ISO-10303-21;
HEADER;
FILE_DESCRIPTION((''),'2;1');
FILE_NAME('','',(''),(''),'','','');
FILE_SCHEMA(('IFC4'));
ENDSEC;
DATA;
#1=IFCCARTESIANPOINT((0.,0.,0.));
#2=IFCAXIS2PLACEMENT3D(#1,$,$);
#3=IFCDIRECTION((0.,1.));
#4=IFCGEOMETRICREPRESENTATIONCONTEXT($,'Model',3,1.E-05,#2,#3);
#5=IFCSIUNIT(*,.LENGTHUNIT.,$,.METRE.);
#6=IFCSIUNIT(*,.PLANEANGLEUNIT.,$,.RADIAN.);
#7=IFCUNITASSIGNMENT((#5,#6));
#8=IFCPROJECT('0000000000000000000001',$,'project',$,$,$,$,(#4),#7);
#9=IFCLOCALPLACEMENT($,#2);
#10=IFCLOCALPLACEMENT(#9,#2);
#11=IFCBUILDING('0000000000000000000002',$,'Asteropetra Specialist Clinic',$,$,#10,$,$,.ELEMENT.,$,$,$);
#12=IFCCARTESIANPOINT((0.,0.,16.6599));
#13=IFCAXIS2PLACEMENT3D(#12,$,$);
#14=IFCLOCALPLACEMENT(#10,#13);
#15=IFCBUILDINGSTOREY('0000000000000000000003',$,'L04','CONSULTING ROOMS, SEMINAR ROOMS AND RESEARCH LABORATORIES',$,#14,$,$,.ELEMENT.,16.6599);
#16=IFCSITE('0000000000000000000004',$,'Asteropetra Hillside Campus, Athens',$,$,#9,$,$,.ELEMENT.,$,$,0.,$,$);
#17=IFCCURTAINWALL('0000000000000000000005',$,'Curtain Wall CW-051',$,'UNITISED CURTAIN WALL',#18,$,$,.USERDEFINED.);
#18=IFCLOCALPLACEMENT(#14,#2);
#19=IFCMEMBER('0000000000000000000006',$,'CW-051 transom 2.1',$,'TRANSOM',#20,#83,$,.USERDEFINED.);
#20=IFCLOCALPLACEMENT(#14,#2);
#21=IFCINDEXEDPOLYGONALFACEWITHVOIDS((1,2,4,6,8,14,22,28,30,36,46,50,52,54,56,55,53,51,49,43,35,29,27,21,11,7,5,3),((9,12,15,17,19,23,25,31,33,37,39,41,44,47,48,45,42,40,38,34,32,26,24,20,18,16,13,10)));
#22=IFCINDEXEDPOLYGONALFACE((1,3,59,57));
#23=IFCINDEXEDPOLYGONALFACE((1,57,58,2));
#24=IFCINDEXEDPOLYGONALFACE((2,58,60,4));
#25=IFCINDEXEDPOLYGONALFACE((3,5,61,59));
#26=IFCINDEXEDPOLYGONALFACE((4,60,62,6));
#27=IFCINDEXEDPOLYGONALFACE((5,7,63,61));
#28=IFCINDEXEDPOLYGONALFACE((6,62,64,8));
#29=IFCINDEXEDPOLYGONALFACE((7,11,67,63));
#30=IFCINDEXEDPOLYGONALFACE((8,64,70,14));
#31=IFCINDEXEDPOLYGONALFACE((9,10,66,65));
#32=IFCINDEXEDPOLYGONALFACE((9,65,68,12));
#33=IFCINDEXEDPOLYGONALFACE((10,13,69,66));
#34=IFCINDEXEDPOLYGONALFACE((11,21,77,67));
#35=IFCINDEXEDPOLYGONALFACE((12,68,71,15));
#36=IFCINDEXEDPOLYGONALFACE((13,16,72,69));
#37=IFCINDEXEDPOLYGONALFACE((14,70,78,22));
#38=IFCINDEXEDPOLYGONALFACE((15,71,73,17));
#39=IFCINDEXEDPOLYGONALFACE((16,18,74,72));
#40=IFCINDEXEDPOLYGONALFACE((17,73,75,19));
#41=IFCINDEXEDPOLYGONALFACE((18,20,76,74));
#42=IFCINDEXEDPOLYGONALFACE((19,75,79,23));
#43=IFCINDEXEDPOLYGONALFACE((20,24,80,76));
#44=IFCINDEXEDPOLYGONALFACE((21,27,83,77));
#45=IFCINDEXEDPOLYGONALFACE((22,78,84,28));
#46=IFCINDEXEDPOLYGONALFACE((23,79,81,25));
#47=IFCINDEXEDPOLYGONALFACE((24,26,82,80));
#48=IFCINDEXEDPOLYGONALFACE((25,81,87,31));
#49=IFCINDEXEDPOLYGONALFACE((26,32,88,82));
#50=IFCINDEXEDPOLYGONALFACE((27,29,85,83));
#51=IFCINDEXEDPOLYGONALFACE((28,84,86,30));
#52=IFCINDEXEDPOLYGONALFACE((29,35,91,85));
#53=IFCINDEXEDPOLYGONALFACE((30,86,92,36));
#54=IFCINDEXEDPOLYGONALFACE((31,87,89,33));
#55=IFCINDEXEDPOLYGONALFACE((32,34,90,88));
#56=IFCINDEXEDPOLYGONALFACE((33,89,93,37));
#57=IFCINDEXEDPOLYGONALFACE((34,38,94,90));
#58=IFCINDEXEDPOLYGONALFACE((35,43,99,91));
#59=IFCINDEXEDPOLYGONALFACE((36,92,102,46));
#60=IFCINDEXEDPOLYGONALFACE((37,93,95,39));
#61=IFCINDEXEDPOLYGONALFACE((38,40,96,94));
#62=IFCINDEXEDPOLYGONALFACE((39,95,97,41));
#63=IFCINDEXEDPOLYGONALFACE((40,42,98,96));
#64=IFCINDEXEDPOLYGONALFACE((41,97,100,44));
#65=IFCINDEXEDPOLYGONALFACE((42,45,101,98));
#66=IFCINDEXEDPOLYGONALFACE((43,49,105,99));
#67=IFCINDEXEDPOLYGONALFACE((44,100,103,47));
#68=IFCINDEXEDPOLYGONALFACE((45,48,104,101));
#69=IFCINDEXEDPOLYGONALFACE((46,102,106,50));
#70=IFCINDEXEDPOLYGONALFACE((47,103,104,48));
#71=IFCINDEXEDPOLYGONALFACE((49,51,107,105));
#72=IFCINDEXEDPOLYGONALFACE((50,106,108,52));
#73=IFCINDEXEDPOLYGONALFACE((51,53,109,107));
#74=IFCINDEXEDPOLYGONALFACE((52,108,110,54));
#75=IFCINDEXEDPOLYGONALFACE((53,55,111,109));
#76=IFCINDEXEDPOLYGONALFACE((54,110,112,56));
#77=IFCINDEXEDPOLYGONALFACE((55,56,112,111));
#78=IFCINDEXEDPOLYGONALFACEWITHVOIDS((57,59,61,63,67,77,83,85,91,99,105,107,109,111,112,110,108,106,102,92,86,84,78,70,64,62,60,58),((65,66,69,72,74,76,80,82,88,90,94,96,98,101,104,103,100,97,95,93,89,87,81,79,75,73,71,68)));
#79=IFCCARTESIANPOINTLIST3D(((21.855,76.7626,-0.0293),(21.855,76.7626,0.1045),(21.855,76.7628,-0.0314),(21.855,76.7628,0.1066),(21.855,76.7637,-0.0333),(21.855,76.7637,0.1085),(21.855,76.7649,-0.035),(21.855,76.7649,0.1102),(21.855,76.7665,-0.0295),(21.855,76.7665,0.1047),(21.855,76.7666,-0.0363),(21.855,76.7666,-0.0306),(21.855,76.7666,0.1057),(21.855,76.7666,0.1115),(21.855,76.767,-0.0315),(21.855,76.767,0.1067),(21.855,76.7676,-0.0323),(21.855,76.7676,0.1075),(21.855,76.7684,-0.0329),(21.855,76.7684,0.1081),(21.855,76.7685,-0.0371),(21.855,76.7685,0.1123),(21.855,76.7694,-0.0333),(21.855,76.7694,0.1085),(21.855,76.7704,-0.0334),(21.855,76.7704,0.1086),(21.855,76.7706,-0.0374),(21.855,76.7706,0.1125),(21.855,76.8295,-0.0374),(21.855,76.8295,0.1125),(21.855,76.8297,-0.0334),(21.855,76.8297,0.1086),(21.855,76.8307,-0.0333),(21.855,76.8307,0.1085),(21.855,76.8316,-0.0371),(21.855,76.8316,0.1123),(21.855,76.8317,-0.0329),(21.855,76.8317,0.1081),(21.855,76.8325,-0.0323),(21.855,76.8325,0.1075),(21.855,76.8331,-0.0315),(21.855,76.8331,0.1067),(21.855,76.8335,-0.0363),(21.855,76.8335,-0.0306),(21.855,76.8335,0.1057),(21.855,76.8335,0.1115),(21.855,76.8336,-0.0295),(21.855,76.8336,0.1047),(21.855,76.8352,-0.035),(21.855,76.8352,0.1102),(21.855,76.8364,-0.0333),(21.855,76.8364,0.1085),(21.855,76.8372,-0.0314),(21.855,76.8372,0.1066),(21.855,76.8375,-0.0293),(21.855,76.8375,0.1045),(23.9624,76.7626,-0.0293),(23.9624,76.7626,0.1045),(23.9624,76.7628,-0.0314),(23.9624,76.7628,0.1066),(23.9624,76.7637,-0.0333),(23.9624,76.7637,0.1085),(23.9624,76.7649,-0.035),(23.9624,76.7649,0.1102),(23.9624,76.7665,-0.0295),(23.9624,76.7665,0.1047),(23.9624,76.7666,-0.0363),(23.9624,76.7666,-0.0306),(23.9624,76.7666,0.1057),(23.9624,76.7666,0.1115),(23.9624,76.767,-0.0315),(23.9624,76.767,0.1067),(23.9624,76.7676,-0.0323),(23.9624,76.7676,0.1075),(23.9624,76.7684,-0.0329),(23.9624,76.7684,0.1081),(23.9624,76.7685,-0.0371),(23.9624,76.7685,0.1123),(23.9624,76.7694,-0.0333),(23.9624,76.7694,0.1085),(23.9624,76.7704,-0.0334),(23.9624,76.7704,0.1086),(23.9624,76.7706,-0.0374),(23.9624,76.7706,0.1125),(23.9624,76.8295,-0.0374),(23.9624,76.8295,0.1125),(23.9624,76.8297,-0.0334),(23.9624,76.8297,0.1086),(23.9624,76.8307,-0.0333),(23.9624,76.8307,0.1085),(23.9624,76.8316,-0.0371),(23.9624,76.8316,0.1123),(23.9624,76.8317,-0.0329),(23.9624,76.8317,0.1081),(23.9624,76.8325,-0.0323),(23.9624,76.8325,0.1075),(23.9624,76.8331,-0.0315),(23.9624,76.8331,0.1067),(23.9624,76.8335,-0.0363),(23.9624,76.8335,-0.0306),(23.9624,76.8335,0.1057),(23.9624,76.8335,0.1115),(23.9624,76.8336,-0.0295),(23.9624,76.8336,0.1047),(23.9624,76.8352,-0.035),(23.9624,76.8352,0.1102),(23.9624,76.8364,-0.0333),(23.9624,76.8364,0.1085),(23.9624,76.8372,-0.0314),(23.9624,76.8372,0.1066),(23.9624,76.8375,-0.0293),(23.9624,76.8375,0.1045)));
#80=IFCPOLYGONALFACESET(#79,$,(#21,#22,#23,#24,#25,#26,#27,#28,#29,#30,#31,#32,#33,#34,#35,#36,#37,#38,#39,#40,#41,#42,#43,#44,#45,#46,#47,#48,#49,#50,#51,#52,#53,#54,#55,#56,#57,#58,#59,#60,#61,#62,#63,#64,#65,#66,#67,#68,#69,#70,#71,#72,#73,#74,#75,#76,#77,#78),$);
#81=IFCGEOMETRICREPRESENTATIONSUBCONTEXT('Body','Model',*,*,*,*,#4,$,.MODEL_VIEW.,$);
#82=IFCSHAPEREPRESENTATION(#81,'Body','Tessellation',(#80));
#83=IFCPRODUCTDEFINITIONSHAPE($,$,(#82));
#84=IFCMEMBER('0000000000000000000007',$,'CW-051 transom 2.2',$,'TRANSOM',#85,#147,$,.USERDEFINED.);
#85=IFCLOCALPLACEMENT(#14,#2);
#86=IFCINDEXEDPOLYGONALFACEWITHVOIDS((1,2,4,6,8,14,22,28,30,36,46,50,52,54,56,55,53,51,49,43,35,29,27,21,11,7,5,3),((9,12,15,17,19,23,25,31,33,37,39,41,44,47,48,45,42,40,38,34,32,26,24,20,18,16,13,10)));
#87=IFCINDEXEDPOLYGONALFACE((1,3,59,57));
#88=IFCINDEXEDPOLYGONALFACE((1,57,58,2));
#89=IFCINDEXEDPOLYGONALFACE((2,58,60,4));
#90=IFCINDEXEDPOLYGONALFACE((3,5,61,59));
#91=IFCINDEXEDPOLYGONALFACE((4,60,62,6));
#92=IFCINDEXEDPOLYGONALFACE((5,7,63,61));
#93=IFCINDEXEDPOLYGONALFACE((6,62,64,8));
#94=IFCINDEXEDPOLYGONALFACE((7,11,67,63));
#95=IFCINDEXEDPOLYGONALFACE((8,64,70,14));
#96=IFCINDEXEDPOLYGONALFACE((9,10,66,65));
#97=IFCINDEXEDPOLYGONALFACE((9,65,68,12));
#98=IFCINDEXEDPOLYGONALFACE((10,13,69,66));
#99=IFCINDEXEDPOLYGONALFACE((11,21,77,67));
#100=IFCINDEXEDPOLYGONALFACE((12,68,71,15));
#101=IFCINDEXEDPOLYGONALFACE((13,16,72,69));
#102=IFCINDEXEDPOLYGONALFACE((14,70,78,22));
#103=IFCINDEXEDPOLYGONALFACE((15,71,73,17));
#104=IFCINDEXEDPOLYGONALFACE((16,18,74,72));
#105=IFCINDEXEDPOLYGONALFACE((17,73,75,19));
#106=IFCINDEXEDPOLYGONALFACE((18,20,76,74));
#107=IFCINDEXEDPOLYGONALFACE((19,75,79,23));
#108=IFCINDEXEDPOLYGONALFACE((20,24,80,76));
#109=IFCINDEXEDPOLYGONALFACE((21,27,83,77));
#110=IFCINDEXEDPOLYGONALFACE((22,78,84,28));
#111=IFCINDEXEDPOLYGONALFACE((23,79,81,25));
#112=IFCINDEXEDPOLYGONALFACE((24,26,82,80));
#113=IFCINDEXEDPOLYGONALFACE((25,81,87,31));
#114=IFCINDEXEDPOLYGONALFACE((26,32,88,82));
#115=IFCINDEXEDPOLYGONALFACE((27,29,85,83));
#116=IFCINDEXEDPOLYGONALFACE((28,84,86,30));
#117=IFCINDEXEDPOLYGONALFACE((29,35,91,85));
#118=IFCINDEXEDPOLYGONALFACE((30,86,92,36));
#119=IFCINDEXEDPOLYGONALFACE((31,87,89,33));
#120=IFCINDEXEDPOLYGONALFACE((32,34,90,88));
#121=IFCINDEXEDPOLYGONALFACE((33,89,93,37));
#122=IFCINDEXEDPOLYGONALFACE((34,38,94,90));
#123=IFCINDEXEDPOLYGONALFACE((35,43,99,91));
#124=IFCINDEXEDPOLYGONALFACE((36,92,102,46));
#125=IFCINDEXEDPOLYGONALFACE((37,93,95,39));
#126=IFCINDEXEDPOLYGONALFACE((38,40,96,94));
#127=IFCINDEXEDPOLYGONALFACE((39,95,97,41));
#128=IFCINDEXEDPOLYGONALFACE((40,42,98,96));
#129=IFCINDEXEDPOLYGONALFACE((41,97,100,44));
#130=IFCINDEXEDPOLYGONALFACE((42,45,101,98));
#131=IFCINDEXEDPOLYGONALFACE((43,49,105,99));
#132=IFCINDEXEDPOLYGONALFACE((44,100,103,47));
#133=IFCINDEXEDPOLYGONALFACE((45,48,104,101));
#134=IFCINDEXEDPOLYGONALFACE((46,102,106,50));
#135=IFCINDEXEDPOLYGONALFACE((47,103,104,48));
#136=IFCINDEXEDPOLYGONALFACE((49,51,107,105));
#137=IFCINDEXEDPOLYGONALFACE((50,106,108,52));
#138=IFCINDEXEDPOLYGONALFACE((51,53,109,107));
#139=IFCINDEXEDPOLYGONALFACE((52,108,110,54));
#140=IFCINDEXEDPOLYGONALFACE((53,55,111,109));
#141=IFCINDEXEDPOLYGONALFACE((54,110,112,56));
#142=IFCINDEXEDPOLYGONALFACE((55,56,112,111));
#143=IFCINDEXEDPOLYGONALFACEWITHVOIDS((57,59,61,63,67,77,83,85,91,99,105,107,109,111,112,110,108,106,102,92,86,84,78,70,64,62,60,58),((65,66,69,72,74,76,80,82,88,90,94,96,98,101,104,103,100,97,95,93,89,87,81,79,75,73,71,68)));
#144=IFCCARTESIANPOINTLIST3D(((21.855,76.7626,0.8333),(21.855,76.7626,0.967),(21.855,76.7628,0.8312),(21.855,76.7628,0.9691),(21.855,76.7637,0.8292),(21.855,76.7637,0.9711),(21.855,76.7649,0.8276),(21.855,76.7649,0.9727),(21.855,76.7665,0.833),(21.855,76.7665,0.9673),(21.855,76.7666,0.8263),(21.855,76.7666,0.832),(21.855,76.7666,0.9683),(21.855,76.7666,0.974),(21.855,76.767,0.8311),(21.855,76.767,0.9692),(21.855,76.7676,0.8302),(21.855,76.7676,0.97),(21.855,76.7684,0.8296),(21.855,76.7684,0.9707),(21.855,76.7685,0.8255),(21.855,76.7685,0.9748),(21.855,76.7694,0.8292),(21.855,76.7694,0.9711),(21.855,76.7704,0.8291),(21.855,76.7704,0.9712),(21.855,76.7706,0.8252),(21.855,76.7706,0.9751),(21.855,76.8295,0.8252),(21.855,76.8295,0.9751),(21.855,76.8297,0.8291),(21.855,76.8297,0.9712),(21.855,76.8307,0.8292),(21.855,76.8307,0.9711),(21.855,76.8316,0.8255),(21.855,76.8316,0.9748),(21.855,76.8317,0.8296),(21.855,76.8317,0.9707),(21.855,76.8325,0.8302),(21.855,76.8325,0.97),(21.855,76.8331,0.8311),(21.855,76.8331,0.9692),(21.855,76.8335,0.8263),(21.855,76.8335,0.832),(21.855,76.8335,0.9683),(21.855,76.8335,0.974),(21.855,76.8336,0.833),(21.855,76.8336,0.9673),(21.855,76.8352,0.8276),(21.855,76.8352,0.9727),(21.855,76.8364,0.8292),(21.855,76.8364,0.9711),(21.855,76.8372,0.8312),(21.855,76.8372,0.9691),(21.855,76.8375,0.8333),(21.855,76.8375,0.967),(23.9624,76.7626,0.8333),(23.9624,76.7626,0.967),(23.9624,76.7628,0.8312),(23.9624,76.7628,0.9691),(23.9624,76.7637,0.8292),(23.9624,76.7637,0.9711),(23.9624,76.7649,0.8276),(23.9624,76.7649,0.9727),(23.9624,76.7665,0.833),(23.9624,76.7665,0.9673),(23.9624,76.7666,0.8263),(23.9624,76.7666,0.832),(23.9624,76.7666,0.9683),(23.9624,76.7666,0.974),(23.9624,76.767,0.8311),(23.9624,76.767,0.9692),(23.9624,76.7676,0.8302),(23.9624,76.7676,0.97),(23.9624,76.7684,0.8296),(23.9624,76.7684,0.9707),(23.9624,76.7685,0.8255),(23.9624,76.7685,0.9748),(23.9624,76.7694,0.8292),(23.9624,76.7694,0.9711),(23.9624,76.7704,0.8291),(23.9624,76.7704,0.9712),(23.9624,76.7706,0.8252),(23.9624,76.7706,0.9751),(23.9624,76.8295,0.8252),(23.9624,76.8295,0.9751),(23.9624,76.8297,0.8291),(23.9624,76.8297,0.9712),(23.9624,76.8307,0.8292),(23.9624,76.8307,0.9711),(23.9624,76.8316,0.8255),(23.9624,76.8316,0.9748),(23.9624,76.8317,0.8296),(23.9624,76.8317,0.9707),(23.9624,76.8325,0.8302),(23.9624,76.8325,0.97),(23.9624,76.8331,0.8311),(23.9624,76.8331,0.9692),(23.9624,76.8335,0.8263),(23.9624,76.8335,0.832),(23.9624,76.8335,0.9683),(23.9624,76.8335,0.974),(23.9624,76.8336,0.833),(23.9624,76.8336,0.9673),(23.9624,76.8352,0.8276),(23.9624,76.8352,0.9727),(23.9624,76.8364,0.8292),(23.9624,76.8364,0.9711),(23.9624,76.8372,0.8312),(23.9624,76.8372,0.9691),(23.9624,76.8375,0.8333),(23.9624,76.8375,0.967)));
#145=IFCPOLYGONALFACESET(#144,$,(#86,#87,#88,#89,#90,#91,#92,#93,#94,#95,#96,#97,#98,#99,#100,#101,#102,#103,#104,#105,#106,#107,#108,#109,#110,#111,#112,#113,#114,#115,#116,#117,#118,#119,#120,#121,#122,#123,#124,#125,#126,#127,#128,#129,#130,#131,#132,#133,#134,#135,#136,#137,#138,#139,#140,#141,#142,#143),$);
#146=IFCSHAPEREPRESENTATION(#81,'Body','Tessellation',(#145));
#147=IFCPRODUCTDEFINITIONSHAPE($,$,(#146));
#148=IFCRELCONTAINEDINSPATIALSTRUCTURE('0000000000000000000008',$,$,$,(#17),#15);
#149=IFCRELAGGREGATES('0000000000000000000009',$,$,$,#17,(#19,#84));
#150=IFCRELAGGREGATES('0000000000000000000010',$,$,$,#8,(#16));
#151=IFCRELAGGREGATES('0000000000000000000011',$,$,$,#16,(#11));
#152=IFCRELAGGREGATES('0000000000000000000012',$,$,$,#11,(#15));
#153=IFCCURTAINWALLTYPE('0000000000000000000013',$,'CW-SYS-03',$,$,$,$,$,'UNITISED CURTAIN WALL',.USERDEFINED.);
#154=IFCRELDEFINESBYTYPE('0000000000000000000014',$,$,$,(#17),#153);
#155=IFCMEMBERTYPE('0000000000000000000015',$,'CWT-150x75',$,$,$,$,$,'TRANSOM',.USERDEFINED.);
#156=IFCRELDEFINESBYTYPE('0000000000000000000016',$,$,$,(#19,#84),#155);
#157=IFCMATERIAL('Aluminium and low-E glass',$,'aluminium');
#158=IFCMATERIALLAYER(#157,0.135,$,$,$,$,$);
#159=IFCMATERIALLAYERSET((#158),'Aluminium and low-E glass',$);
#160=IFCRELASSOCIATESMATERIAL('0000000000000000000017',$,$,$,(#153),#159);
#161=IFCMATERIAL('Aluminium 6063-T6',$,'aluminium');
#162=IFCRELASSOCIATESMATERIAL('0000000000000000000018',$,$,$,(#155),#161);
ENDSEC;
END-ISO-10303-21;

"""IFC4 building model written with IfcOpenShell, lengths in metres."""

from ifc_helpers import new_model, si_unit, direction, frame, origin, origin_2d, place, context, subcontext, project, spatial, hollow_rectangle, extrude, material, layer, layer_set, material_profile, profile_set, type_object, element, aggregate, save


model = new_model("IFC4")

# Units and contexts
model_context = context("Model", 3, precision=1e-05, world=origin(), true_north=direction((0.0, 1.0)))
body_context = subcontext(model_context, "Body", "Model", "MODEL_VIEW")
ifc_project = project(units=[si_unit("LENGTHUNIT", "METRE"), si_unit("PLANEANGLEUNIT", "RADIAN")], contexts=[model_context])

# Site, building, storey
site_placement = place(None, origin())
site = spatial("IfcSite", under=ifc_project, at=site_placement, Name="Asteropetra Hillside Campus, Athens", CompositionType="ELEMENT", RefElevation=0.0)
building_placement = place(site_placement, origin())
building = spatial("IfcBuilding", under=site, at=building_placement, Name="Asteropetra Specialist Clinic", CompositionType="ELEMENT")
storey_placement = place(building_placement, frame((0.0, 0.0, 16.6599)))
storey = spatial("IfcBuildingStorey", under=building, at=storey_placement, Name="L04", Description="CONSULTING ROOMS, SEMINAR ROOMS AND RESEARCH LABORATORIES", CompositionType="ELEMENT", Elevation=16.6599)

# Curtain wall
ifc_material_1 = material(Name="Aluminium and low-E glass", Category="aluminium")
ifc_layer_1 = layer(ifc_material_1, 0.135)
ifc_layer_set_1 = layer_set([ifc_layer_1], Name="Aluminium and low-E glass")
curtain_wall_type_1 = type_object("IfcCurtainWallType", Name="CW-SYS-03", ElementType="UNITISED CURTAIN WALL", PredefinedType="USERDEFINED", material=ifc_layer_set_1)
curtain_wall_1_placement = place(storey_placement, origin())
curtain_wall_1 = element("IfcCurtainWall", 1, at=curtain_wall_1_placement, inside=storey, type_object=curtain_wall_type_1, Name="Curtain Wall CW-051", ObjectType="UNITISED CURTAIN WALL", PredefinedType="USERDEFINED")

# Members
ifc_material_2 = material(Name="Aluminium 6063-T6", Category="aluminium")
ifc_material_profile_1 = material_profile(ifc_material_2, hollow_rectangle(XDim=0.075, YDim=0.1499, WallThickness=0.0039, InnerFilletRadius=0.0039, OuterFilletRadius=0.0081, at=origin_2d()), Name="TRN 150x75x4.0")
ifc_profile_set_1 = profile_set([ifc_material_profile_1], Name="Aluminium 6063-T6")
member_type_1 = type_object("IfcMemberType", Name="CWT-150x75", ElementType="TRANSOM", PredefinedType="USERDEFINED", material=ifc_profile_set_1)
member_1_placement = place(storey_placement, frame((21.855, 76.8, 0.0376), z_axis=(1.0, 0.0, 0.0), x_axis=(0.0, 1.0, 0.0)))
member_1 = element("IfcMember", 2, at=member_1_placement, type_object=member_type_1, Name="CW-051 transom 2.1", ObjectType="TRANSOM", PredefinedType="USERDEFINED", context=body_context, shape_type="SweptSolid", body=[
    extrude(hollow_rectangle(XDim=0.075, YDim=0.1499, WallThickness=0.0039, InnerFilletRadius=0.0039, OuterFilletRadius=0.0081, at=origin_2d()), origin(), (0.0, 0.0, 1.0), 2.1074),
])
member_2_placement = place(storey_placement, frame((21.855, 76.8, 0.9001), z_axis=(1.0, 0.0, 0.0), x_axis=(0.0, 1.0, 0.0)))
member_2 = element("IfcMember", 3, at=member_2_placement, type_object=member_type_1, Name="CW-051 transom 2.2", ObjectType="TRANSOM", PredefinedType="USERDEFINED", context=body_context, shape_type="SweptSolid", body=[
    extrude(hollow_rectangle(XDim=0.075, YDim=0.1499, WallThickness=0.0039, InnerFilletRadius=0.0039, OuterFilletRadius=0.0081, at=origin_2d()), origin(), (0.0, 0.0, 1.0), 2.1074),
])

aggregate(curtain_wall_1, [member_1, member_2])

save(model, "model.ifc")
